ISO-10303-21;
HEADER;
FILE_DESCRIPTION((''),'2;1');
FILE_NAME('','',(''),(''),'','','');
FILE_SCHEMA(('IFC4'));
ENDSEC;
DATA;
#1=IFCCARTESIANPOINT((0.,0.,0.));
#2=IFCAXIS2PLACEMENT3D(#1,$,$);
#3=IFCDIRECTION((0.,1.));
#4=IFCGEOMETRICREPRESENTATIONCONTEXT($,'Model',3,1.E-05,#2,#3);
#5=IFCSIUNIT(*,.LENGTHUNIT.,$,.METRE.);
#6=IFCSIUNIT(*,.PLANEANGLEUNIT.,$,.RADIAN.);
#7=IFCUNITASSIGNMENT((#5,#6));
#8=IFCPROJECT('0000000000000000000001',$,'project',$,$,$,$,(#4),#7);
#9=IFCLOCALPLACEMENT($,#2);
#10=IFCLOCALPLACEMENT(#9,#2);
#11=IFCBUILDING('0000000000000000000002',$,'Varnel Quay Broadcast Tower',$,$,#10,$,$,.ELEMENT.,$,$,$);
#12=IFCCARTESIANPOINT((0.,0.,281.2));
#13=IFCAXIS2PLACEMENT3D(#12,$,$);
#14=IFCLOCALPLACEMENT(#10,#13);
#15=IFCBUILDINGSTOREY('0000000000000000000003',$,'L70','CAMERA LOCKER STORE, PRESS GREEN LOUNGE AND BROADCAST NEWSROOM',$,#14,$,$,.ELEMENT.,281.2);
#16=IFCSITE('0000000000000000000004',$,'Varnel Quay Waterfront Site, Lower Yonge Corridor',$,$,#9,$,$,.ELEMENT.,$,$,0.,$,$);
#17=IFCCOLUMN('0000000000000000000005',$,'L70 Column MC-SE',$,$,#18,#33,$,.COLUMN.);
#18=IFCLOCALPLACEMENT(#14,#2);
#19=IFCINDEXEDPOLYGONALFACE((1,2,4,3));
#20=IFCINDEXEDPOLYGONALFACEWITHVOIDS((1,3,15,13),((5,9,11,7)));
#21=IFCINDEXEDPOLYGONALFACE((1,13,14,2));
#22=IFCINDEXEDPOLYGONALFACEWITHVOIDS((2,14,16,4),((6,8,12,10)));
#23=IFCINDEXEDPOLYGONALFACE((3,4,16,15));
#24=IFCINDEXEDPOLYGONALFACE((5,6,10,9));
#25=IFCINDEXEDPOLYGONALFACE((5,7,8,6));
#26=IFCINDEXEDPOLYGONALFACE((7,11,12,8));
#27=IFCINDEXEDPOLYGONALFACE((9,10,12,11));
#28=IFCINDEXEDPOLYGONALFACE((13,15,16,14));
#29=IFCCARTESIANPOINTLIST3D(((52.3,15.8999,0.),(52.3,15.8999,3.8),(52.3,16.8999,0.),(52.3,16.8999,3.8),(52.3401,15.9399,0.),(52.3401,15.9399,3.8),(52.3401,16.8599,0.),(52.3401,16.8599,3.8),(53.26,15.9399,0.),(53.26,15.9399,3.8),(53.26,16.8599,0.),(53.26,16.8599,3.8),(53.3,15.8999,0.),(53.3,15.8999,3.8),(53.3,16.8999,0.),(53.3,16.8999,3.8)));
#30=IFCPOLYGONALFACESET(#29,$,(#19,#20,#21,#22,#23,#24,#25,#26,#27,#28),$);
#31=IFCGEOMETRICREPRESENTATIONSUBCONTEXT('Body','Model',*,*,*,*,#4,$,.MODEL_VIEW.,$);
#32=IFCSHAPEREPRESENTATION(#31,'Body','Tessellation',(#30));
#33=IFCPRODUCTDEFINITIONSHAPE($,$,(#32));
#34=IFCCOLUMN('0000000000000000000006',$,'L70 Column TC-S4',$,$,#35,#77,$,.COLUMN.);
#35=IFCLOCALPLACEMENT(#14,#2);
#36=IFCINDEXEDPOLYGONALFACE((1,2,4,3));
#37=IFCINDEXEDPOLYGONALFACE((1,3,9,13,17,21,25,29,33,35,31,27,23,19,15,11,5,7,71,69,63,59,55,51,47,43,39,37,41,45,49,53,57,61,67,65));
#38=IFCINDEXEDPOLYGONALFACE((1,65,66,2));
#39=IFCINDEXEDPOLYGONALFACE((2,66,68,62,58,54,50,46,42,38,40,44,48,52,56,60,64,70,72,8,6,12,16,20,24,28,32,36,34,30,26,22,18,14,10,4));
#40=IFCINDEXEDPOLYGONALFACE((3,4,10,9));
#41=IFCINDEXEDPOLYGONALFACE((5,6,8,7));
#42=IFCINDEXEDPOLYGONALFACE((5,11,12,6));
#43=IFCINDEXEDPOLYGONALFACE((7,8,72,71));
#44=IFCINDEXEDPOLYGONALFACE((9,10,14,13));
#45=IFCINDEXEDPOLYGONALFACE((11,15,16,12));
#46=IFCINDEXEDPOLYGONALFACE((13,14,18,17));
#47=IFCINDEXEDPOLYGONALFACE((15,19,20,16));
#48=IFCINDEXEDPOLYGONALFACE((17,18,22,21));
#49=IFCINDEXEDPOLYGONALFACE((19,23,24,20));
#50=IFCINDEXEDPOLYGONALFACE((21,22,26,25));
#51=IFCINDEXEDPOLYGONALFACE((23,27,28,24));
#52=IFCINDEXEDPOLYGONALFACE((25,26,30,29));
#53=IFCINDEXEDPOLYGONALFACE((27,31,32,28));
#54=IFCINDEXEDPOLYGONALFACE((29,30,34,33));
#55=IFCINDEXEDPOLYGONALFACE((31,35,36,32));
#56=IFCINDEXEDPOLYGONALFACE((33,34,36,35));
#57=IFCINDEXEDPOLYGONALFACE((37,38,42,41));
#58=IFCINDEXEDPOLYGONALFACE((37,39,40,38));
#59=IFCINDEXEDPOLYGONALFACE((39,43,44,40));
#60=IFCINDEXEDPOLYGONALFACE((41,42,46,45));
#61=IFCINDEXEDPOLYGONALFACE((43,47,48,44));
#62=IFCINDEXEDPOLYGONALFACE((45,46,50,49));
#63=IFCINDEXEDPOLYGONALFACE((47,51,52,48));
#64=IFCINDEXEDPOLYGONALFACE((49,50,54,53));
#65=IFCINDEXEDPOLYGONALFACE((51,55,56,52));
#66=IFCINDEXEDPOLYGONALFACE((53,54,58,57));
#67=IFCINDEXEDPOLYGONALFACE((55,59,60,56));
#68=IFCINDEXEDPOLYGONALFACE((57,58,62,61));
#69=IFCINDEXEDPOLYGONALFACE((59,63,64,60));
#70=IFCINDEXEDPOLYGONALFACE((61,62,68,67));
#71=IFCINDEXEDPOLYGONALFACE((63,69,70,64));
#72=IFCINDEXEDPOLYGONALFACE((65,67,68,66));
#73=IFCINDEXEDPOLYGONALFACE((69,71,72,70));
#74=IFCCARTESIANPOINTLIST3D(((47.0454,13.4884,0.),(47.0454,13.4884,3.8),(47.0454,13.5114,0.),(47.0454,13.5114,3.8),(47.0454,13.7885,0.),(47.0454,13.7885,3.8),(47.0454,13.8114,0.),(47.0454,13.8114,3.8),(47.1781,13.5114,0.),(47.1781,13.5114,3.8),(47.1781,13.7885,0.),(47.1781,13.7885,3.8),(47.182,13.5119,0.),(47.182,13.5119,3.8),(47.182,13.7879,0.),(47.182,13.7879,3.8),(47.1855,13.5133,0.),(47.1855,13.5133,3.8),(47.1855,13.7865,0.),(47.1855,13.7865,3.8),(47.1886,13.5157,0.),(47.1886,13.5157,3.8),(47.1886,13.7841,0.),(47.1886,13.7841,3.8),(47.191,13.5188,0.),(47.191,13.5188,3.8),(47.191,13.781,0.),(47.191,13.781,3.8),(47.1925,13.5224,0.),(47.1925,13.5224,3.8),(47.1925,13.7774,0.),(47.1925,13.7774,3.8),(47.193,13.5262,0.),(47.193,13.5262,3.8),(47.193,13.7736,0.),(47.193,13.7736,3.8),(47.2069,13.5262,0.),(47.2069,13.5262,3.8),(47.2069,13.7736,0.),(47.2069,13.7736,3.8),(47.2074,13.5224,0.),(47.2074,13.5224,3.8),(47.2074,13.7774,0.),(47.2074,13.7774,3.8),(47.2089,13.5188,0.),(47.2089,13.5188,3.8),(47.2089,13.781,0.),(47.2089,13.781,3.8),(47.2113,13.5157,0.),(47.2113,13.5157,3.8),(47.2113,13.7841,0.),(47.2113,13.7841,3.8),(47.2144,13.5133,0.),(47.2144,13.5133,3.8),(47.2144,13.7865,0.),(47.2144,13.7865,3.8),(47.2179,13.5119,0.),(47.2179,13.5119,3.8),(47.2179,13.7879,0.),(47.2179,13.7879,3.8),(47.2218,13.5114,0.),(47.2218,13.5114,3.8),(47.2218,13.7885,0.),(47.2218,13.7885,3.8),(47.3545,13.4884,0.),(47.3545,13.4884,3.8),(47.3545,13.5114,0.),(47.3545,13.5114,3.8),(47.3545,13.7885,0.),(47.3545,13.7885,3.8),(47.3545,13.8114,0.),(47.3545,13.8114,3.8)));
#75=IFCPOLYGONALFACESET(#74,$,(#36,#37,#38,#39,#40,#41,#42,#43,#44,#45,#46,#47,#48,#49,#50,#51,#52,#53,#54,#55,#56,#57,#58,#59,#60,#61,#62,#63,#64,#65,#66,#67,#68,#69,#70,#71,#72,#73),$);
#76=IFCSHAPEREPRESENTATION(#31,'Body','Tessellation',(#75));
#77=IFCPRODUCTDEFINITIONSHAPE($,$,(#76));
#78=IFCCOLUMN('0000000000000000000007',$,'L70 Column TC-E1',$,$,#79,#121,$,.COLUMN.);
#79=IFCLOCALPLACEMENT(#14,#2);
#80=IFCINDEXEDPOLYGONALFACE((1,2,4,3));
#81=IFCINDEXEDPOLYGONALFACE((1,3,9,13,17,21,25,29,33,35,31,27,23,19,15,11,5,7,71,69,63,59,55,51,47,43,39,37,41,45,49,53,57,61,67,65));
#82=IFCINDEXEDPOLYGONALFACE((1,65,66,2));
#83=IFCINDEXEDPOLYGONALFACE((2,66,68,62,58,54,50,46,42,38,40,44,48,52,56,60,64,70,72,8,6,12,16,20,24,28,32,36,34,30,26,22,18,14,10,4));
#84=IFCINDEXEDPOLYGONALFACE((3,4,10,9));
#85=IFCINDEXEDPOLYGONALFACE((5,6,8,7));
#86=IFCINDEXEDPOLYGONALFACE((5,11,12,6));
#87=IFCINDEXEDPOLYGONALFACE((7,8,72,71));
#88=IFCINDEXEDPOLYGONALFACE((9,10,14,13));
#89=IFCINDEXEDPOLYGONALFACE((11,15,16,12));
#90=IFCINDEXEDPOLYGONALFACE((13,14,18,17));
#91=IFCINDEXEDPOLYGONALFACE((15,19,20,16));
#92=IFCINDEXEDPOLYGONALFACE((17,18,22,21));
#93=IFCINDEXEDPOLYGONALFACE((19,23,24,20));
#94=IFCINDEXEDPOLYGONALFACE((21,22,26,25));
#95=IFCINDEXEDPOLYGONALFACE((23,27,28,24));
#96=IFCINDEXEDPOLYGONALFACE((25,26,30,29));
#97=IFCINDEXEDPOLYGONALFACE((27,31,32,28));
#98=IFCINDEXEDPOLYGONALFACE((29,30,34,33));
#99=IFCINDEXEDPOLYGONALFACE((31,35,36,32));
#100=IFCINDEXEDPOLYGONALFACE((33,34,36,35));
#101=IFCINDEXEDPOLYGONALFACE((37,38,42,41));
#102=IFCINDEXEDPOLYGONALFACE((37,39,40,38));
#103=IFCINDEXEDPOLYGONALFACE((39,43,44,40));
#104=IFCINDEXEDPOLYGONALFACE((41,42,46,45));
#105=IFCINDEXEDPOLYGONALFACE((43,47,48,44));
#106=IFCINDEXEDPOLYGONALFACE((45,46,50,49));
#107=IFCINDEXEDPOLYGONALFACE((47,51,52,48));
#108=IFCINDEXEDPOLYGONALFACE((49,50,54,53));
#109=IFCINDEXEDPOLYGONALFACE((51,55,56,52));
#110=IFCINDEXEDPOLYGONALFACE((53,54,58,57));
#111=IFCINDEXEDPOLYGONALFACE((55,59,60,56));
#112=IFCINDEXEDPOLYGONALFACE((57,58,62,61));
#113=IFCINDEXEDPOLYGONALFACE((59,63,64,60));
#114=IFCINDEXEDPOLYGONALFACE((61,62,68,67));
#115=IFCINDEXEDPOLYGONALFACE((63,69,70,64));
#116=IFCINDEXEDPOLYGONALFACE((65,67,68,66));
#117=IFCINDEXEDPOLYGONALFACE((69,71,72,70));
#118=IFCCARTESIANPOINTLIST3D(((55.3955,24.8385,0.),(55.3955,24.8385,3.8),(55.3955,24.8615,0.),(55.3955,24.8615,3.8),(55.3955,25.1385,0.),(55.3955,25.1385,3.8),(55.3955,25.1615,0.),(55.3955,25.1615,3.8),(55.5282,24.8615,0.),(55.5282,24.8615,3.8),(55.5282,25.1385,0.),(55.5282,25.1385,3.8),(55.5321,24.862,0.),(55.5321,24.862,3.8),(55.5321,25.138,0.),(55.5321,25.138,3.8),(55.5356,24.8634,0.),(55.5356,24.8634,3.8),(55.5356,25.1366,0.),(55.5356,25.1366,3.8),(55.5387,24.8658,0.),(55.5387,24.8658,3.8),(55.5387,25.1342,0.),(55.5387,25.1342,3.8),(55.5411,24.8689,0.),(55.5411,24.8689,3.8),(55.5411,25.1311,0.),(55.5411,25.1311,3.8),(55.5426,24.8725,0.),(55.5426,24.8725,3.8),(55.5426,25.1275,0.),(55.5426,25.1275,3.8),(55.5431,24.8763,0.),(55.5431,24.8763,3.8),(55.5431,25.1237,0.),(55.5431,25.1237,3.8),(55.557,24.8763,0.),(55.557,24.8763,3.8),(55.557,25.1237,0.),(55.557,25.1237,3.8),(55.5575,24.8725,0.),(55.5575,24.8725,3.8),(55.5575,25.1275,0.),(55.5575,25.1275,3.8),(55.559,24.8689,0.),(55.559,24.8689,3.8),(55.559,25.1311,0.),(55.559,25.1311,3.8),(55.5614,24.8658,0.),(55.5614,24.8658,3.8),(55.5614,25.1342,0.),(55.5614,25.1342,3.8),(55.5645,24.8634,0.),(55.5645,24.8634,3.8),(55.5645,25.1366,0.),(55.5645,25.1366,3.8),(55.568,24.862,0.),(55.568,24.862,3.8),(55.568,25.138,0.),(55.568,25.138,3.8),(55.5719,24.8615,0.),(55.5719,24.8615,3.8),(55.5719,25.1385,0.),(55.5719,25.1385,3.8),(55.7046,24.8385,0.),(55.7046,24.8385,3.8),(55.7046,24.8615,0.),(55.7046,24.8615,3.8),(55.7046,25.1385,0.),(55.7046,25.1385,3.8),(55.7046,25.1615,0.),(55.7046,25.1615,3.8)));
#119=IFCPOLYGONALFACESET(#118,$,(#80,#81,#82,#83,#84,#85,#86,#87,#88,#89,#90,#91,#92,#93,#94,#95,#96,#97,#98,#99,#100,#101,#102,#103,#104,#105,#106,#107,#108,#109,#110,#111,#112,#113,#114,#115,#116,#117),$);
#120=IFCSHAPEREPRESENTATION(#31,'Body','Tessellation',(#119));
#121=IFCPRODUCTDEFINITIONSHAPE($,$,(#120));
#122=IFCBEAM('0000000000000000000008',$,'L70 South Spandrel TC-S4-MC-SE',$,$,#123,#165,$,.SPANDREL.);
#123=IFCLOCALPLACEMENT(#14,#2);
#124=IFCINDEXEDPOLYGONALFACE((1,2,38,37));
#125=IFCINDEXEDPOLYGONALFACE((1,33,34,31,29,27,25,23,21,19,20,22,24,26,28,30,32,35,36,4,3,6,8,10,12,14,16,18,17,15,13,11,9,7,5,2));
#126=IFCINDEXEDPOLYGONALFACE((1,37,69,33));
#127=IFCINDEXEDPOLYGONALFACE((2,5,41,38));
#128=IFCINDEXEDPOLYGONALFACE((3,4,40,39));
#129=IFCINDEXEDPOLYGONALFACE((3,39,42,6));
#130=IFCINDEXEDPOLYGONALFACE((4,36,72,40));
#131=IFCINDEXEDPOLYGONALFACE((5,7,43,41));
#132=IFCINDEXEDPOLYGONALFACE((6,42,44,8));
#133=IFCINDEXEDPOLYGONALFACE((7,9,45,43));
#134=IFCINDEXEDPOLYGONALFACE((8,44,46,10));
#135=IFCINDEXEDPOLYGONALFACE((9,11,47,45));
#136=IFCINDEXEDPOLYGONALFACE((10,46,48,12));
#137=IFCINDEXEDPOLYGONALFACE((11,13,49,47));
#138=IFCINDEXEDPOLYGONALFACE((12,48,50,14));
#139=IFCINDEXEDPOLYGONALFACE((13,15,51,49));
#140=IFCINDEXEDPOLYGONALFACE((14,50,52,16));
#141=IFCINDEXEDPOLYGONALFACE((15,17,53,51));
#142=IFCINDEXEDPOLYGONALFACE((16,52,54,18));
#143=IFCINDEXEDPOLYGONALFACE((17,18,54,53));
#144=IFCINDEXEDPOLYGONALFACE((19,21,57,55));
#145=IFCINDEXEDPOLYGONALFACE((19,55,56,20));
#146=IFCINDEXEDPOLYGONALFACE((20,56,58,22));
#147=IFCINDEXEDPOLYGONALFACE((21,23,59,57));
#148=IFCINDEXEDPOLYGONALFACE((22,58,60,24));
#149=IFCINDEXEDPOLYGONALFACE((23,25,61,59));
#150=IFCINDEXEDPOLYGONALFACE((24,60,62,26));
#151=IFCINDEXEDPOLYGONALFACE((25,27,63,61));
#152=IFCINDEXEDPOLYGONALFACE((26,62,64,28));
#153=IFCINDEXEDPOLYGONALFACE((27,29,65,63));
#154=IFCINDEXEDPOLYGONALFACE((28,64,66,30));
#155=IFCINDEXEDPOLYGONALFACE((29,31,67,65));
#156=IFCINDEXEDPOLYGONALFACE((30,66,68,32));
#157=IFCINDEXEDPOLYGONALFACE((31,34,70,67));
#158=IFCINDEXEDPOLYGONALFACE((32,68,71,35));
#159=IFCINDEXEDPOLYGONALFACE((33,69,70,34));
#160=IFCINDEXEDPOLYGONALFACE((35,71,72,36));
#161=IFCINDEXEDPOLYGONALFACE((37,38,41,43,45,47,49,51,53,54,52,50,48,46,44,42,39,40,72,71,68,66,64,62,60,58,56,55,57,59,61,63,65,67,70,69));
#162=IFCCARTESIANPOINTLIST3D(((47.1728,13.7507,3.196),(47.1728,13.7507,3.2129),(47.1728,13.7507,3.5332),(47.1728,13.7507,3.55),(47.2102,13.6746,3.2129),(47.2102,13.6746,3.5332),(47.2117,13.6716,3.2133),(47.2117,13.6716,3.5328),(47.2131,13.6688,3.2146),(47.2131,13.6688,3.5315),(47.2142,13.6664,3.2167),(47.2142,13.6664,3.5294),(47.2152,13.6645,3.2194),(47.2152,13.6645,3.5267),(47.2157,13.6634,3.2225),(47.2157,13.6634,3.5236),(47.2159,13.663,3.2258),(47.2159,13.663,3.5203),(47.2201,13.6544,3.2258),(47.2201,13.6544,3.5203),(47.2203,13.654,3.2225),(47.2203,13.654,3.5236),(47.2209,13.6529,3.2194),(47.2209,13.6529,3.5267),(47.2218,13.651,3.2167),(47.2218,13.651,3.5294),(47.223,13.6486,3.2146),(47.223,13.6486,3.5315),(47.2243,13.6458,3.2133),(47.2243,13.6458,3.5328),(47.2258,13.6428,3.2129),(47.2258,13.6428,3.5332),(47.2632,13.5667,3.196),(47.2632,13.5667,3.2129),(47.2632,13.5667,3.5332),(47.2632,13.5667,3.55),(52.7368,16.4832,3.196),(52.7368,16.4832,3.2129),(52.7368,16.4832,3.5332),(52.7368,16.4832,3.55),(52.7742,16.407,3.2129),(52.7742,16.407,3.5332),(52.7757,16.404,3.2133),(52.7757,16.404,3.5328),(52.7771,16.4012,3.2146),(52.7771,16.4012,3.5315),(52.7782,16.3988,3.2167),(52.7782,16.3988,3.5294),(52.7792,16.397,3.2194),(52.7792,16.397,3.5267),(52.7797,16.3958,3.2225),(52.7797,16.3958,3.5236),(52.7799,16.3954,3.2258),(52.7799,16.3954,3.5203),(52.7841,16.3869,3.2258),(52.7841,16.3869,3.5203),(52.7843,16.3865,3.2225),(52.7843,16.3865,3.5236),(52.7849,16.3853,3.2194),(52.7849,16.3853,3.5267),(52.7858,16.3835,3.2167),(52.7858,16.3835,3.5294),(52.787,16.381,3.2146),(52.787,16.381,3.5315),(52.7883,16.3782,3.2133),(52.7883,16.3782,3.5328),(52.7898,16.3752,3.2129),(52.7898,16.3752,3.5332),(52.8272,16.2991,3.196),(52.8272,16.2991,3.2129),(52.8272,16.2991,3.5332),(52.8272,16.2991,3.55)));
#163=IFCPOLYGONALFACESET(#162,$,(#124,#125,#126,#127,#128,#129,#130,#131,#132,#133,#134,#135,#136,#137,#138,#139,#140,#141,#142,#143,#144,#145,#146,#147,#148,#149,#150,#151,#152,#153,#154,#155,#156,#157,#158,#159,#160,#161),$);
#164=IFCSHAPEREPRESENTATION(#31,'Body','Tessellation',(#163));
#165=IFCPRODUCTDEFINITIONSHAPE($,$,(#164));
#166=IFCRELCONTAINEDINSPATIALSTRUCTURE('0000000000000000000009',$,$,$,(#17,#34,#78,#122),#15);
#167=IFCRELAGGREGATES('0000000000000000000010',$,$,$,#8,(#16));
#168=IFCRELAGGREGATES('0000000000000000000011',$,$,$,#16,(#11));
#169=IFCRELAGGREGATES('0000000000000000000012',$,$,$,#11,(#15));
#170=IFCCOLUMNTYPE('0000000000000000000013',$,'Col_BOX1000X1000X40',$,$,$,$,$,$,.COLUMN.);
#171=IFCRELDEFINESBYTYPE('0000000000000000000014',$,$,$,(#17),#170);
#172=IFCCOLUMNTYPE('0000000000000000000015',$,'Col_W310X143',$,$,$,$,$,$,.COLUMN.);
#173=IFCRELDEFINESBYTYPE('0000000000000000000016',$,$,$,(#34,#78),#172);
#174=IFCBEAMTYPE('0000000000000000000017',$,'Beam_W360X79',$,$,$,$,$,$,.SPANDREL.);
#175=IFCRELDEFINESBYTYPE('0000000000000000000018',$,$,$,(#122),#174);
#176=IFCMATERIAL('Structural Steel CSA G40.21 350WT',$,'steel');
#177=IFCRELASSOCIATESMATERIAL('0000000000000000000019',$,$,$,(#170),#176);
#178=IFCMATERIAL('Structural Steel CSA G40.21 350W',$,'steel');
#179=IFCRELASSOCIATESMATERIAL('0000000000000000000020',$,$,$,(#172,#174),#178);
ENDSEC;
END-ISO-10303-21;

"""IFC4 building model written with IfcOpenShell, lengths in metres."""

from ifc_helpers import new_model, si_unit, direction, frame, origin, origin_2d, place, context, subcontext, project, spatial, hollow_rectangle, i_section, extrude, source, transform, mapped, material, material_profile, profile_set, type_object, type_shapes, element, save


model = new_model("IFC4")

# Units and contexts
model_context = context("Model", 3, precision=1e-05, world=origin(), true_north=direction((0.0, 1.0)))
body_context = subcontext(model_context, "Body", "Model", "MODEL_VIEW")
ifc_project = project(units=[si_unit("LENGTHUNIT", "METRE"), si_unit("PLANEANGLEUNIT", "RADIAN")], contexts=[model_context])

# Site, building, storey
site_placement = place(None, origin())
site = spatial("IfcSite", under=ifc_project, at=site_placement, Name="Varnel Quay Waterfront Site, Lower Yonge Corridor", CompositionType="ELEMENT", RefElevation=0.0)
building_placement = place(site_placement, origin())
building = spatial("IfcBuilding", under=site, at=building_placement, Name="Varnel Quay Broadcast Tower", CompositionType="ELEMENT")
storey_placement = place(building_placement, frame((0.0, 0.0, 281.2)))
storey = spatial("IfcBuildingStorey", under=building, at=storey_placement, Name="L70", Description="CAMERA LOCKER STORE, PRESS GREEN LOUNGE AND BROADCAST NEWSROOM", CompositionType="ELEMENT", Elevation=281.2)

# Columns
ifc_material_1 = material(Name="Structural Steel CSA G40.21 350WT", Category="steel")
ifc_material_profile_1 = material_profile(ifc_material_1, hollow_rectangle(XDim=1.0, YDim=1.0, WallThickness=0.04, at=origin_2d()), Name="BOX1000X1000X40")
ifc_profile_set_1 = profile_set([ifc_material_profile_1], Name="Structural Steel CSA G40.21 350WT")
column_type_1 = type_object("IfcColumnType", Name="Col_BOX1000X1000X40", PredefinedType="COLUMN", material=ifc_profile_set_1)
shared_shape_1 = source(origin(), body_context, "Body", "SweptSolid", [
    extrude(hollow_rectangle(XDim=1.0, YDim=1.0, WallThickness=0.04, at=origin_2d()), origin(), (0.0, 0.0, 1.0), 3.8),
])
type_shapes(column_type_1, [shared_shape_1])
column_placement = place(storey_placement, frame((52.8, 16.3999, 0.0), z_axis=(0.0, 0.0, 1.0), x_axis=(1.0, 0.0, 0.0)))
element("IfcColumn", 1, at=column_placement, inside=storey, type_object=column_type_1, Name="L70 Column MC-SE", PredefinedType="COLUMN", context=body_context, shape_type="MappedRepresentation", body=[
    mapped(shared_shape_1, transform((0.0, 0.0, 0.0), x_axis=(1.0, 0.0, 0.0), y_axis=(0.0, 1.0, 0.0), z_axis=(0.0, 0.0, 1.0), scale=1.0)),
])
ifc_material_2 = material(Name="Structural Steel CSA G40.21 350W", Category="steel")
ifc_material_profile_2 = material_profile(ifc_material_2, i_section(OverallWidth=0.3091, OverallDepth=0.323, WebThickness=0.0139, FlangeThickness=0.0229, FilletRadius=0.0149, at=origin_2d()), Name="W310X143")
ifc_profile_set_2 = profile_set([ifc_material_profile_2], Name="Structural Steel CSA G40.21 350W")
column_type_2 = type_object("IfcColumnType", Name="Col_W310X143", PredefinedType="COLUMN", material=ifc_profile_set_2)
shared_shape_2 = source(origin(), body_context, "Body", "SweptSolid", [
    extrude(i_section(OverallWidth=0.3091, OverallDepth=0.323, WebThickness=0.0139, FlangeThickness=0.0229, FilletRadius=0.0149, at=origin_2d()), origin(), (0.0, 0.0, 1.0), 3.8),
])
type_shapes(column_type_2, [shared_shape_2])
for number, where, z_axis, x_axis, name in (
    (2, (47.2, 13.6499, 0.0), (0.0, 0.0, 1.0), (1.0, 0.0, 0.0), "L70 Column TC-S4"),
    (3, (55.55, 25.0, 0.0), (0.0, 0.0, 1.0), (1.0, 0.0, 0.0), "L70 Column TC-E1"),
):
    element("IfcColumn", number, at=place(storey_placement, frame(where, z_axis=z_axis, x_axis=x_axis)), inside=storey, type_object=column_type_2, Name=name, PredefinedType="COLUMN", context=body_context, shape_type="MappedRepresentation", body=[
        mapped(shared_shape_2, transform((0.0, 0.0, 0.0), x_axis=(1.0, 0.0, 0.0), y_axis=(0.0, 1.0, 0.0), z_axis=(0.0, 0.0, 1.0), scale=1.0)),
    ])

# Beam
ifc_material_profile_3 = material_profile(ifc_material_2, i_section(OverallWidth=0.2051, OverallDepth=0.354, WebThickness=0.0095, FlangeThickness=0.0168, FilletRadius=0.0129, at=origin_2d()), Name="W360X79")
ifc_profile_set_3 = profile_set([ifc_material_profile_3], Name="Structural Steel CSA G40.21 350W")
beam_type = type_object("IfcBeamType", Name="Beam_W360X79", PredefinedType="SPANDREL", material=ifc_profile_set_3)
shared_shape_3 = source(origin(), body_context, "Body", "SweptSolid", [
    extrude(i_section(OverallWidth=0.2051, OverallDepth=0.354, WebThickness=0.0095, FlangeThickness=0.0168, FilletRadius=0.0129, at=origin_2d()), origin(), (0.0, 0.0, 1.0), 6.1987),
])
beam_1_placement = place(storey_placement, frame((47.218, 13.6587, 3.373), z_axis=(0.897602, 0.440806, 0.0), x_axis=(-0.440806, 0.897602, 0.0)))
element("IfcBeam", 4, at=beam_1_placement, inside=storey, type_object=beam_type, Name="L70 South Spandrel TC-S4-MC-SE", PredefinedType="SPANDREL", context=body_context, shape_type="MappedRepresentation", body=[
    mapped(shared_shape_3, transform((0.0, 0.0, 0.0), x_axis=(1.0, 0.0, 0.0), y_axis=(0.0, 1.0, 0.0), z_axis=(0.0, 0.0, 1.0), scale=1.0)),
])

save(model, "model.ifc")
